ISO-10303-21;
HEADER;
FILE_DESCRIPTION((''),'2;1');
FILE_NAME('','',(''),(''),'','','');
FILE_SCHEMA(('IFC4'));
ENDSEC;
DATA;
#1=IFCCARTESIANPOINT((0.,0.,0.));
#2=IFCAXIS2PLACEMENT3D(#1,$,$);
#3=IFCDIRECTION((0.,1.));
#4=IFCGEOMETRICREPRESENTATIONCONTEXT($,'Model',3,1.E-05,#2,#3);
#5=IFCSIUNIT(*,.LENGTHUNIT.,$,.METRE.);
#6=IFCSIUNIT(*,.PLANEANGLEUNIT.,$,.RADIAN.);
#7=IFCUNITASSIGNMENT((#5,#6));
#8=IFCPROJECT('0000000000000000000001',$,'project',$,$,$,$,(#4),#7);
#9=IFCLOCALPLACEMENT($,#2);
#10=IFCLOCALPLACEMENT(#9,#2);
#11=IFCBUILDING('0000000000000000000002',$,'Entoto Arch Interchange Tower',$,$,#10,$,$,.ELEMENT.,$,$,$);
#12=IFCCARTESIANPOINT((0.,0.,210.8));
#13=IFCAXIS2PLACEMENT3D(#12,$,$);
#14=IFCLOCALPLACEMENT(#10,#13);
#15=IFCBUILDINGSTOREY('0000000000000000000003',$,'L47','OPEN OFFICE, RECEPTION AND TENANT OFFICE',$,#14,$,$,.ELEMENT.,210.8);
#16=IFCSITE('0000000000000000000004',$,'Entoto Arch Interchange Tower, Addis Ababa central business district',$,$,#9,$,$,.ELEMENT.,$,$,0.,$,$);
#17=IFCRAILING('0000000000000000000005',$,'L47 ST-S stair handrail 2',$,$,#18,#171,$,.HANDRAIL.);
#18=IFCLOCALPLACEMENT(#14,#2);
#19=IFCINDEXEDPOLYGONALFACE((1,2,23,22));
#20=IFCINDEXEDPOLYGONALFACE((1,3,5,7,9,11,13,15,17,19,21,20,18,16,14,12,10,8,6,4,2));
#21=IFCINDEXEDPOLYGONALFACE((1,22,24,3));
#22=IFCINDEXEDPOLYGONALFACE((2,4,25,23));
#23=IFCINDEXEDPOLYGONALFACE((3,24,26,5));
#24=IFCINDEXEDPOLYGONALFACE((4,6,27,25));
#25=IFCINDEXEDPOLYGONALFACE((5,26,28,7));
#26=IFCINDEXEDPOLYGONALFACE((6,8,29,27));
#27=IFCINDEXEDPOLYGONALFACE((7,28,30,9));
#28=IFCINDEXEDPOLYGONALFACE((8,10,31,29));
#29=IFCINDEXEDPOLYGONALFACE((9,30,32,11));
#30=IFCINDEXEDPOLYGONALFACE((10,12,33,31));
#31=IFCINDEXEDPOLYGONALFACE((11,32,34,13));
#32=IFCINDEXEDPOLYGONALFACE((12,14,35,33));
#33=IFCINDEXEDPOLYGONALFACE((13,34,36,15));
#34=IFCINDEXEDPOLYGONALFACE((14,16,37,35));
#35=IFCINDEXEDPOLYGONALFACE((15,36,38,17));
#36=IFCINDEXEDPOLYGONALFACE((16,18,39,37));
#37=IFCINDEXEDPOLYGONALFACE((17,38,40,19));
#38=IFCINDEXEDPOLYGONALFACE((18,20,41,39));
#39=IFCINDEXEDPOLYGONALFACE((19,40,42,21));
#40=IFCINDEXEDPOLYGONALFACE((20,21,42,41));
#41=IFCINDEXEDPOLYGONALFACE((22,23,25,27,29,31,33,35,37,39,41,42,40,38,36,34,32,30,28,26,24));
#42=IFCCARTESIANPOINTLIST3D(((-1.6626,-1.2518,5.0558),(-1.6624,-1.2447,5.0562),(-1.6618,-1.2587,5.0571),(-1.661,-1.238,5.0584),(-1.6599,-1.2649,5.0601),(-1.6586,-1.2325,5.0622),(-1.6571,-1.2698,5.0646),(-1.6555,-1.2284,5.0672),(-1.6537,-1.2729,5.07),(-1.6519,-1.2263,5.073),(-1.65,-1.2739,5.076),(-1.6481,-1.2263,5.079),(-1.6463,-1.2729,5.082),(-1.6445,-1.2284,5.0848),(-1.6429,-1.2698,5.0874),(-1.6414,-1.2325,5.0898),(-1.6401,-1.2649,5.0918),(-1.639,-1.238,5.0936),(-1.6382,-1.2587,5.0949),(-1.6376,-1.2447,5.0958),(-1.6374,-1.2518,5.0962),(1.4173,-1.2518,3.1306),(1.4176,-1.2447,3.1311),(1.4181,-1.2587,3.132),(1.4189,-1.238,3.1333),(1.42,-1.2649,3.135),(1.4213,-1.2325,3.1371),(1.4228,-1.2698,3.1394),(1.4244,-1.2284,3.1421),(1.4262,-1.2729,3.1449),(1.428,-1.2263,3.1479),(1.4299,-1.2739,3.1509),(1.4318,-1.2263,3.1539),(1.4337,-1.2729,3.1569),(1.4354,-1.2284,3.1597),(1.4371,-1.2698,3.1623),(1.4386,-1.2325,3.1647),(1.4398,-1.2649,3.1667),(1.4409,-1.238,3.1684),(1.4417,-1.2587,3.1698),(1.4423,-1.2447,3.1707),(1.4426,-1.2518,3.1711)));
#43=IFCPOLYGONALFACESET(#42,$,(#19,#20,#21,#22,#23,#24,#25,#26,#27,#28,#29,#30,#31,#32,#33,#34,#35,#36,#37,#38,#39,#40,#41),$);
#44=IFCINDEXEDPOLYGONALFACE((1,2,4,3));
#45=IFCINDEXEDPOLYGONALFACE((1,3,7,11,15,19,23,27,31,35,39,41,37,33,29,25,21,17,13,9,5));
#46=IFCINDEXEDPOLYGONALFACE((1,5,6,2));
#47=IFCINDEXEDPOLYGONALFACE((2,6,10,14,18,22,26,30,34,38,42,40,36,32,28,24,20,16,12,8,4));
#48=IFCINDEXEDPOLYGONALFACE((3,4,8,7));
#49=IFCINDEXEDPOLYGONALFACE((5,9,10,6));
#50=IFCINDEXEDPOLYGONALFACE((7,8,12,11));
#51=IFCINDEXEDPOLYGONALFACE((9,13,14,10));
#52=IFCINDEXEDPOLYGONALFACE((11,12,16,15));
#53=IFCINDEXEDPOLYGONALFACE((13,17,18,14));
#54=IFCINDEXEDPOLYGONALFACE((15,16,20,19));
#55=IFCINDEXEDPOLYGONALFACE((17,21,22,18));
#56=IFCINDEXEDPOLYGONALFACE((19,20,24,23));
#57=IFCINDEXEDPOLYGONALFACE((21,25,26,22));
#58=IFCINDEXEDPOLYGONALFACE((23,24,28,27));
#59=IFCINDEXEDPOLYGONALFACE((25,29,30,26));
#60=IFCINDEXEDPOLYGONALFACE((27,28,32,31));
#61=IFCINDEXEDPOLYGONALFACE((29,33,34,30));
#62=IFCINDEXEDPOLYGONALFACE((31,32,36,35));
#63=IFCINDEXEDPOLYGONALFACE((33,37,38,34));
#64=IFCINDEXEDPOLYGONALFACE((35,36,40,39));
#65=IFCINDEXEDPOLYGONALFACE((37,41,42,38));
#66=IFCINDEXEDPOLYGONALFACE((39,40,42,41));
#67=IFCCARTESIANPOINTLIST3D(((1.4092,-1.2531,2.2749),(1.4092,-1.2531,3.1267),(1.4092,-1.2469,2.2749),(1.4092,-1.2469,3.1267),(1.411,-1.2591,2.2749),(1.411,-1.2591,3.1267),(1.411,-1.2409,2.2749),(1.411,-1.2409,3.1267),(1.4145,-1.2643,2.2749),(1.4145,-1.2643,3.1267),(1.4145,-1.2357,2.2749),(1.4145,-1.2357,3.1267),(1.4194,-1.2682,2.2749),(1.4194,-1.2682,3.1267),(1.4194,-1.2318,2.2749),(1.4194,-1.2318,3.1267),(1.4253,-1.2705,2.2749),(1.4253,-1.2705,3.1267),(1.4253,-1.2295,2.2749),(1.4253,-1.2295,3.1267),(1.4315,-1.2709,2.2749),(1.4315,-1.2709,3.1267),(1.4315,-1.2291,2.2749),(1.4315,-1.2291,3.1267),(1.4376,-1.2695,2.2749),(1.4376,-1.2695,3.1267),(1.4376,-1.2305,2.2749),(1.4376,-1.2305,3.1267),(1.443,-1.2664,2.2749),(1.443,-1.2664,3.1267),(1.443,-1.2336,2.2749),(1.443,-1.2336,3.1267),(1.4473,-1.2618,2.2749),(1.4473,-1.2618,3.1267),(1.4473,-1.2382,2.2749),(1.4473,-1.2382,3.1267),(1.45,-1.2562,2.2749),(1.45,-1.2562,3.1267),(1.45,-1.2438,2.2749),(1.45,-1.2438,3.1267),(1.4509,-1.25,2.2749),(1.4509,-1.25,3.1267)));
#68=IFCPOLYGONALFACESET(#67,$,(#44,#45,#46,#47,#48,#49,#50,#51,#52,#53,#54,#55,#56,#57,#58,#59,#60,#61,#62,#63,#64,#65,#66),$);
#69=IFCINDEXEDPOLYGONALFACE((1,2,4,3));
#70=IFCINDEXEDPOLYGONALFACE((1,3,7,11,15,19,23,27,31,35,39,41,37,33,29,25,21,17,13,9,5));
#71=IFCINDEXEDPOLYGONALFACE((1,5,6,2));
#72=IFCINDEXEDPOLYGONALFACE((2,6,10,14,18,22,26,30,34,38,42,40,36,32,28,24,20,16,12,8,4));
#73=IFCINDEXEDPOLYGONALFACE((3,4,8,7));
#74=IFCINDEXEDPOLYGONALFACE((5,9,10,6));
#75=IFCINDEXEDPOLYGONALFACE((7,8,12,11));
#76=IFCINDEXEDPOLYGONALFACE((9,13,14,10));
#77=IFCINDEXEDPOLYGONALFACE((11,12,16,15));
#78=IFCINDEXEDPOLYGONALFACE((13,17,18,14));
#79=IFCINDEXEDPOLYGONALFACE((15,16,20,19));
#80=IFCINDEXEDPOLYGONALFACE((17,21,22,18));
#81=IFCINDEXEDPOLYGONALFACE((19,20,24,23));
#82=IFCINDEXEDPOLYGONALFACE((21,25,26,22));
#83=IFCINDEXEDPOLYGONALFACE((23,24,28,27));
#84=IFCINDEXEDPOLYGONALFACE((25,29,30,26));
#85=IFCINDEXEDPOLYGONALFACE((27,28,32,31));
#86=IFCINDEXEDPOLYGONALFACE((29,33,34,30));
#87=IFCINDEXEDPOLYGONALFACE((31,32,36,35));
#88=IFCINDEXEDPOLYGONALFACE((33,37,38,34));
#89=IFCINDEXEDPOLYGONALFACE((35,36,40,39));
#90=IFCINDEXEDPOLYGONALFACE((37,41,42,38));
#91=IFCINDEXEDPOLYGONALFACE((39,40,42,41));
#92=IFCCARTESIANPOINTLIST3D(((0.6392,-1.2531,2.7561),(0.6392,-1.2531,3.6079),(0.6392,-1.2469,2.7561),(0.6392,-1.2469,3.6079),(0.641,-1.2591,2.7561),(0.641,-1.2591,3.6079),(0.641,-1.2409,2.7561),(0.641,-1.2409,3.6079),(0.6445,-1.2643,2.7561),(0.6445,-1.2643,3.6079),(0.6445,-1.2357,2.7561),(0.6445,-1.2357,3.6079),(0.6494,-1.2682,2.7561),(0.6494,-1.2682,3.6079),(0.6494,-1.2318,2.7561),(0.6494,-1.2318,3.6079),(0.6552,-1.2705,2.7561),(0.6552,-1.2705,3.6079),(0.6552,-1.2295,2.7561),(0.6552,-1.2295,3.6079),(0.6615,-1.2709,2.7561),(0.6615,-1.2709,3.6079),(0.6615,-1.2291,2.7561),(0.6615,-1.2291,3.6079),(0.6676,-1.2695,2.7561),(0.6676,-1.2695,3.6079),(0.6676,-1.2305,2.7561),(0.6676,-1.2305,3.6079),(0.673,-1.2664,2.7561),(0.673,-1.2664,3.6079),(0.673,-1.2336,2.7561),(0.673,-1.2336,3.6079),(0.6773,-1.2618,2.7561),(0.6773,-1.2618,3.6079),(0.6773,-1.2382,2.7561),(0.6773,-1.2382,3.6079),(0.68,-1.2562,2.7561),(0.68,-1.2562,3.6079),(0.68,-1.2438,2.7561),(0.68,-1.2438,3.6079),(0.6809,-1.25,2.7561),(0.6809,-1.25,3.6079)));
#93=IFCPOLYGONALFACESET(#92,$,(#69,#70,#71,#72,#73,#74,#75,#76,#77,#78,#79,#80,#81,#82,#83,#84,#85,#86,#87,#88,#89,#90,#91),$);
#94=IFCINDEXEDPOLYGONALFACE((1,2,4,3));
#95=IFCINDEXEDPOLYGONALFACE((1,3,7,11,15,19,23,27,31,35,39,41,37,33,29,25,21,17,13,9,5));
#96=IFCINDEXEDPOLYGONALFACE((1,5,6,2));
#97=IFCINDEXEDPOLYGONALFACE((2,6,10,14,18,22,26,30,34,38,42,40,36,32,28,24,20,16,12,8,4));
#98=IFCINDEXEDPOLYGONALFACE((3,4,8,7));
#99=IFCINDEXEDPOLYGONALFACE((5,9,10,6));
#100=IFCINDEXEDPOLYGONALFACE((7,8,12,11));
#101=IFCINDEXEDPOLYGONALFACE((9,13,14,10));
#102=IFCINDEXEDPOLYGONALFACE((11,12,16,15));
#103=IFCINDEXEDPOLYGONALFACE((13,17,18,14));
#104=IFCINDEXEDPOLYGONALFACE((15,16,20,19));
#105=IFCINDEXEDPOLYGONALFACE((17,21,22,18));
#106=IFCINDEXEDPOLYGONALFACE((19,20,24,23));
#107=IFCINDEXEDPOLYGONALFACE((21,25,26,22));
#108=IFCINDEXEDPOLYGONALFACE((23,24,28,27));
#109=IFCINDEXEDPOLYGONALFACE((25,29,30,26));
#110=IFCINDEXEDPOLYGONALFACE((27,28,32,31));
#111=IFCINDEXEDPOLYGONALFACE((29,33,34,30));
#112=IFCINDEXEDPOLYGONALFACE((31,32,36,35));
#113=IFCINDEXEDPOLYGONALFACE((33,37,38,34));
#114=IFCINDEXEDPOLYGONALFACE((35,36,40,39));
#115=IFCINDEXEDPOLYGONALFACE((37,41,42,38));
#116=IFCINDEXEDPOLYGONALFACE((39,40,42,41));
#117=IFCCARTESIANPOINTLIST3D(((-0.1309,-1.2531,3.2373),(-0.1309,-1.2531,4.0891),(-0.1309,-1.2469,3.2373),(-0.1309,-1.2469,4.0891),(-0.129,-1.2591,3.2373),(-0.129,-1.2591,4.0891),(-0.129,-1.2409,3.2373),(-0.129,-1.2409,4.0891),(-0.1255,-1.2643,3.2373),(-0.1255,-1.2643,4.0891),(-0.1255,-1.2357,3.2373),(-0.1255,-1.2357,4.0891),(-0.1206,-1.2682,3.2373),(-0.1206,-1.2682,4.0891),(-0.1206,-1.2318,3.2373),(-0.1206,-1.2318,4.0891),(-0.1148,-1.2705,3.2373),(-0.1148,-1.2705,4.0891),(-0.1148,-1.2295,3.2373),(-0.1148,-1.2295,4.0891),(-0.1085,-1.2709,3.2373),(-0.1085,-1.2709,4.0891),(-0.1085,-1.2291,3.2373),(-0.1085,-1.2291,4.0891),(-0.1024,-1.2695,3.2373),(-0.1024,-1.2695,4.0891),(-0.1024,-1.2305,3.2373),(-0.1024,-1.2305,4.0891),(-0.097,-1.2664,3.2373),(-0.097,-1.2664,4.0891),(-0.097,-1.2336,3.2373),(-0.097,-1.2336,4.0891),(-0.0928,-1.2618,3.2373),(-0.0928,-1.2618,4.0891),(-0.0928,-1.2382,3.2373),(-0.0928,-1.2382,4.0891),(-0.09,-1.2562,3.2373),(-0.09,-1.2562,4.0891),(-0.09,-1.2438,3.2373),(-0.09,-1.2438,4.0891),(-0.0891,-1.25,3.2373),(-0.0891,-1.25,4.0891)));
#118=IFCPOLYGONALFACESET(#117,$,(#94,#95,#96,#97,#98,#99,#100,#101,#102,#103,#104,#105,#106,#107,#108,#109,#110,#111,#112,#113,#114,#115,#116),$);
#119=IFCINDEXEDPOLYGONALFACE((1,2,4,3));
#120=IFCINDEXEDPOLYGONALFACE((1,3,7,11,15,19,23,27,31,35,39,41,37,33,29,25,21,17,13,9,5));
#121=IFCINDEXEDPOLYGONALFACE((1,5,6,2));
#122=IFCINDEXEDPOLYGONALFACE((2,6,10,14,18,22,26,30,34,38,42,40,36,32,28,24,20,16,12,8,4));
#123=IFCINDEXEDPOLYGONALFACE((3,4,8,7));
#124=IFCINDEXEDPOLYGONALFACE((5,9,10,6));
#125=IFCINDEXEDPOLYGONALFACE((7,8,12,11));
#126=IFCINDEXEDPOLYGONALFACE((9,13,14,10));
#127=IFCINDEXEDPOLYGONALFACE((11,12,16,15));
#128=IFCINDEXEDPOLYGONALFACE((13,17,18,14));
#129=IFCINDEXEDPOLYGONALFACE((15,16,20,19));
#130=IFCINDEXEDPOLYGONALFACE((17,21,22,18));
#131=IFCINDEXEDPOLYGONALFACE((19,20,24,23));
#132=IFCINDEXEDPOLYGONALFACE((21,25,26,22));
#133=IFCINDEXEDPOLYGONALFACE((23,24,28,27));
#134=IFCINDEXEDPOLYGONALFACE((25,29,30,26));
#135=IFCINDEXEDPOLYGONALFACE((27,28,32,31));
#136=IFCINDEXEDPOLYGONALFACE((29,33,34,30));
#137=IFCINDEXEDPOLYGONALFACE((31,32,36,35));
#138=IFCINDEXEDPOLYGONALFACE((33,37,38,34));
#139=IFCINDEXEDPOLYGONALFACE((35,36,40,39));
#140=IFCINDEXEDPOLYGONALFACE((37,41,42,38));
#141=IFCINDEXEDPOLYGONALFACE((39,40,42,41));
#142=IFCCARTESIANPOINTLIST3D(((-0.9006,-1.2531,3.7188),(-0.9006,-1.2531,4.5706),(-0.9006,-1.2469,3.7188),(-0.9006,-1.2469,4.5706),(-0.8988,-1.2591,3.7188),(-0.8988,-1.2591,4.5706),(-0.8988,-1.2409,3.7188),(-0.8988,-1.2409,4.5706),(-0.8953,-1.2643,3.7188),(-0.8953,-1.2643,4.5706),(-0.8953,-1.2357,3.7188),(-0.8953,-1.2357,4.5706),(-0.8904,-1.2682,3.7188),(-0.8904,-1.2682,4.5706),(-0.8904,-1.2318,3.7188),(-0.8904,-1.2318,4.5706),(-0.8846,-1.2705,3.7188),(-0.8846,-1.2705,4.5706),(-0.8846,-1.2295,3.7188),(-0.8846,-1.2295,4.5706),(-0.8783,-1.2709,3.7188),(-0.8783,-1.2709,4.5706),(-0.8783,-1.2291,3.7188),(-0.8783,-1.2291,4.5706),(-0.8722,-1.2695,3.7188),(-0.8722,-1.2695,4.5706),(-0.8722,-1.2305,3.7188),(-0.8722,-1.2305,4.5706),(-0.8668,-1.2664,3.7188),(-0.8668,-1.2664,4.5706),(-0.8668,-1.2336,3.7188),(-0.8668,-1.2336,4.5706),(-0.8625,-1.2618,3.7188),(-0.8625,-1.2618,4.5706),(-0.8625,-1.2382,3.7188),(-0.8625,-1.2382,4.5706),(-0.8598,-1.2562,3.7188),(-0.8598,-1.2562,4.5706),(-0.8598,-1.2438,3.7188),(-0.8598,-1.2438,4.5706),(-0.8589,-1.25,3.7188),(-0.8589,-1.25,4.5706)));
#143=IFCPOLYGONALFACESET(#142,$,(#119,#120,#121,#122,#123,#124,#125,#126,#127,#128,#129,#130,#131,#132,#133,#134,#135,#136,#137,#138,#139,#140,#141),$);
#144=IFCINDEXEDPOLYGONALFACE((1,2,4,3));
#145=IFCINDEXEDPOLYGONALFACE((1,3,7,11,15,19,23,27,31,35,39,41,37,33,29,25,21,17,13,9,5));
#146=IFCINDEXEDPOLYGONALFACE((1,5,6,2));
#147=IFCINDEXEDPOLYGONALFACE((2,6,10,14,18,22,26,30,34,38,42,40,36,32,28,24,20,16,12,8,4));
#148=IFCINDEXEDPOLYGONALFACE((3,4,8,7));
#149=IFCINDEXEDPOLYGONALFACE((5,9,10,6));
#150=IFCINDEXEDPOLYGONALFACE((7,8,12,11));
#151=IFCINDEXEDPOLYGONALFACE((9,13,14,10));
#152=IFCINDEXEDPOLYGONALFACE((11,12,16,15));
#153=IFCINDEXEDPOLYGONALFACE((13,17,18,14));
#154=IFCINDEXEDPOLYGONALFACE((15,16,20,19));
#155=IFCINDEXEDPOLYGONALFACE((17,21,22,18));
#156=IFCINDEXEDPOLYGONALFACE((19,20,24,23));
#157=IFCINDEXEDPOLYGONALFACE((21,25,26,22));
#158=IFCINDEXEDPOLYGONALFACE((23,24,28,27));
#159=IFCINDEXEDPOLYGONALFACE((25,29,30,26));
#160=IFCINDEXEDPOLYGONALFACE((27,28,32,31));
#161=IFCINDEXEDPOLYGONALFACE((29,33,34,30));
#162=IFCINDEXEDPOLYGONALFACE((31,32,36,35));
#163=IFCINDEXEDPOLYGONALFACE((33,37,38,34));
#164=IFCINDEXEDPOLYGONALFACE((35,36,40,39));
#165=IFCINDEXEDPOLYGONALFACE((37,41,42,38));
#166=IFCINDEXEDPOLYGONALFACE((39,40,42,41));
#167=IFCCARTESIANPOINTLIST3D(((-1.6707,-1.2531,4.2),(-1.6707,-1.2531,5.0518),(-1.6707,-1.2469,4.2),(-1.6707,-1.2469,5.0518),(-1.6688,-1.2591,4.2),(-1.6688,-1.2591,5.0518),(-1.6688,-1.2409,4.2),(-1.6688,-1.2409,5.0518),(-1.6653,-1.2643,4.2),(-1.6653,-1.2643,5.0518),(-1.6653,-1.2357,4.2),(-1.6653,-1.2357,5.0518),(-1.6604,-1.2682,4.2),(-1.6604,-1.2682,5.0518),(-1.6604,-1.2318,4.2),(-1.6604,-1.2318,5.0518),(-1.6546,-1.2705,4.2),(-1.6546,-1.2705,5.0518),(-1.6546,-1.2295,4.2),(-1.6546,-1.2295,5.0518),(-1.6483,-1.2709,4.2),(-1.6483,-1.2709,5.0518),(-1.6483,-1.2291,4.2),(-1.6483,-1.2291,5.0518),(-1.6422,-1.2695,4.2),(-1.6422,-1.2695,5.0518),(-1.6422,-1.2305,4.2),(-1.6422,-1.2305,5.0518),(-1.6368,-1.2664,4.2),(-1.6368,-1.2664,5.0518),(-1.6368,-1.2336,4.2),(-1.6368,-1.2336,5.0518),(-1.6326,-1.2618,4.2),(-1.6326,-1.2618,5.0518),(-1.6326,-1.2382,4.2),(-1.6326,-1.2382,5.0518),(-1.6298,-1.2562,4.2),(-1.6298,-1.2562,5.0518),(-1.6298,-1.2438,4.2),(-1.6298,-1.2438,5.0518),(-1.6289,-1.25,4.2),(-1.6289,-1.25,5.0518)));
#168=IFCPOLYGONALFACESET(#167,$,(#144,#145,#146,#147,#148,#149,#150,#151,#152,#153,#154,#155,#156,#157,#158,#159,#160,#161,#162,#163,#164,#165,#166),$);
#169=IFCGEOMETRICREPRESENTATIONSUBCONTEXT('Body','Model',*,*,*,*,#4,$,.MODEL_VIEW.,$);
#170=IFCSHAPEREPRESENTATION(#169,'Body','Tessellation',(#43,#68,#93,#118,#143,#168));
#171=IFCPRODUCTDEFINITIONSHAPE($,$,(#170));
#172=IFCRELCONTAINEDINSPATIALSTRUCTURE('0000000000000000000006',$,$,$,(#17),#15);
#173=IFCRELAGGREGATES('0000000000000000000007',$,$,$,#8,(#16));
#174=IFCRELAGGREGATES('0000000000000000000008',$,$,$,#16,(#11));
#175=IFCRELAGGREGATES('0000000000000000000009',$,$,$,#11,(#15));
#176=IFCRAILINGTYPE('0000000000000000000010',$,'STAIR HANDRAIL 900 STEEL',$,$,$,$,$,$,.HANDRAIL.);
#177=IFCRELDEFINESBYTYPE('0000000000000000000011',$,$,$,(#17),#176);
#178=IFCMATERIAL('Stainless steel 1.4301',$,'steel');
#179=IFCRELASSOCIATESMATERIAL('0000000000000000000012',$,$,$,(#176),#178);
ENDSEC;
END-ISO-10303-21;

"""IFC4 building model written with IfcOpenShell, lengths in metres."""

from ifc_helpers import new_model, si_unit, direction, frame, origin, origin_2d, place, context, subcontext, project, spatial, circle, extrude, material, type_object, element, save


model = new_model("IFC4")

# Units and contexts
model_context = context("Model", 3, precision=1e-05, world=origin(), true_north=direction((0.0, 1.0)))
body_context = subcontext(model_context, "Body", "Model", "MODEL_VIEW")
ifc_project = project(units=[si_unit("LENGTHUNIT", "METRE"), si_unit("PLANEANGLEUNIT", "RADIAN")], contexts=[model_context])

# Site, building, storey
site_placement = place(None, origin())
site = spatial("IfcSite", under=ifc_project, at=site_placement, Name="Entoto Arch Interchange Tower, Addis Ababa central business district", CompositionType="ELEMENT", RefElevation=0.0)
building_placement = place(site_placement, origin())
building = spatial("IfcBuilding", under=site, at=building_placement, Name="Entoto Arch Interchange Tower", CompositionType="ELEMENT")
storey_placement = place(building_placement, frame((0.0, 0.0, 210.8)))
storey = spatial("IfcBuildingStorey", under=building, at=storey_placement, Name="L47", Description="OPEN OFFICE, RECEPTION AND TENANT OFFICE", CompositionType="ELEMENT", Elevation=210.8)

# Railing
ifc_material_1 = material(Name="Stainless steel 1.4301", Category="steel")
railing_type_1 = type_object("IfcRailingType", Name="STAIR HANDRAIL 900 STEEL", PredefinedType="HANDRAIL", material=ifc_material_1)
railing_1_placement = place(storey_placement, frame((1.4299, -1.25, 2.2749)))
element("IfcRailing", 1, at=railing_1_placement, inside=storey, type_object=railing_type_1, Name="L47 ST-S stair handrail 2", PredefinedType="HANDRAIL", context=body_context, shape_type="SweptSolid", body=[
    extrude(circle(Radius=0.0239, at=origin_2d()), frame((0.0, 0.0, 0.876), z_axis=(-0.847979, 0.0, 0.530029), x_axis=(0.0, -1.0, 0.0)), (0.0, 0.0, 1.0), 3.6321),
    extrude(circle(Radius=0.021, at=origin_2d()), origin(), (0.0, 0.0, 1.0), 0.8518),
    extrude(circle(Radius=0.021, at=origin_2d()), frame((-0.77, 0.0, 0.4812)), (0.0, 0.0, 1.0), 0.8518),
    extrude(circle(Radius=0.021, at=origin_2d()), frame((-1.54, 0.0, 0.9624)), (0.0, 0.0, 1.0), 0.8518),
    extrude(circle(Radius=0.021, at=origin_2d()), frame((-2.3098, 0.0, 1.4438)), (0.0, 0.0, 1.0), 0.8518),
    extrude(circle(Radius=0.021, at=origin_2d()), frame((-3.0798, 0.0, 1.925)), (0.0, 0.0, 1.0), 0.8518),
])

save(model, "model.ifc")
